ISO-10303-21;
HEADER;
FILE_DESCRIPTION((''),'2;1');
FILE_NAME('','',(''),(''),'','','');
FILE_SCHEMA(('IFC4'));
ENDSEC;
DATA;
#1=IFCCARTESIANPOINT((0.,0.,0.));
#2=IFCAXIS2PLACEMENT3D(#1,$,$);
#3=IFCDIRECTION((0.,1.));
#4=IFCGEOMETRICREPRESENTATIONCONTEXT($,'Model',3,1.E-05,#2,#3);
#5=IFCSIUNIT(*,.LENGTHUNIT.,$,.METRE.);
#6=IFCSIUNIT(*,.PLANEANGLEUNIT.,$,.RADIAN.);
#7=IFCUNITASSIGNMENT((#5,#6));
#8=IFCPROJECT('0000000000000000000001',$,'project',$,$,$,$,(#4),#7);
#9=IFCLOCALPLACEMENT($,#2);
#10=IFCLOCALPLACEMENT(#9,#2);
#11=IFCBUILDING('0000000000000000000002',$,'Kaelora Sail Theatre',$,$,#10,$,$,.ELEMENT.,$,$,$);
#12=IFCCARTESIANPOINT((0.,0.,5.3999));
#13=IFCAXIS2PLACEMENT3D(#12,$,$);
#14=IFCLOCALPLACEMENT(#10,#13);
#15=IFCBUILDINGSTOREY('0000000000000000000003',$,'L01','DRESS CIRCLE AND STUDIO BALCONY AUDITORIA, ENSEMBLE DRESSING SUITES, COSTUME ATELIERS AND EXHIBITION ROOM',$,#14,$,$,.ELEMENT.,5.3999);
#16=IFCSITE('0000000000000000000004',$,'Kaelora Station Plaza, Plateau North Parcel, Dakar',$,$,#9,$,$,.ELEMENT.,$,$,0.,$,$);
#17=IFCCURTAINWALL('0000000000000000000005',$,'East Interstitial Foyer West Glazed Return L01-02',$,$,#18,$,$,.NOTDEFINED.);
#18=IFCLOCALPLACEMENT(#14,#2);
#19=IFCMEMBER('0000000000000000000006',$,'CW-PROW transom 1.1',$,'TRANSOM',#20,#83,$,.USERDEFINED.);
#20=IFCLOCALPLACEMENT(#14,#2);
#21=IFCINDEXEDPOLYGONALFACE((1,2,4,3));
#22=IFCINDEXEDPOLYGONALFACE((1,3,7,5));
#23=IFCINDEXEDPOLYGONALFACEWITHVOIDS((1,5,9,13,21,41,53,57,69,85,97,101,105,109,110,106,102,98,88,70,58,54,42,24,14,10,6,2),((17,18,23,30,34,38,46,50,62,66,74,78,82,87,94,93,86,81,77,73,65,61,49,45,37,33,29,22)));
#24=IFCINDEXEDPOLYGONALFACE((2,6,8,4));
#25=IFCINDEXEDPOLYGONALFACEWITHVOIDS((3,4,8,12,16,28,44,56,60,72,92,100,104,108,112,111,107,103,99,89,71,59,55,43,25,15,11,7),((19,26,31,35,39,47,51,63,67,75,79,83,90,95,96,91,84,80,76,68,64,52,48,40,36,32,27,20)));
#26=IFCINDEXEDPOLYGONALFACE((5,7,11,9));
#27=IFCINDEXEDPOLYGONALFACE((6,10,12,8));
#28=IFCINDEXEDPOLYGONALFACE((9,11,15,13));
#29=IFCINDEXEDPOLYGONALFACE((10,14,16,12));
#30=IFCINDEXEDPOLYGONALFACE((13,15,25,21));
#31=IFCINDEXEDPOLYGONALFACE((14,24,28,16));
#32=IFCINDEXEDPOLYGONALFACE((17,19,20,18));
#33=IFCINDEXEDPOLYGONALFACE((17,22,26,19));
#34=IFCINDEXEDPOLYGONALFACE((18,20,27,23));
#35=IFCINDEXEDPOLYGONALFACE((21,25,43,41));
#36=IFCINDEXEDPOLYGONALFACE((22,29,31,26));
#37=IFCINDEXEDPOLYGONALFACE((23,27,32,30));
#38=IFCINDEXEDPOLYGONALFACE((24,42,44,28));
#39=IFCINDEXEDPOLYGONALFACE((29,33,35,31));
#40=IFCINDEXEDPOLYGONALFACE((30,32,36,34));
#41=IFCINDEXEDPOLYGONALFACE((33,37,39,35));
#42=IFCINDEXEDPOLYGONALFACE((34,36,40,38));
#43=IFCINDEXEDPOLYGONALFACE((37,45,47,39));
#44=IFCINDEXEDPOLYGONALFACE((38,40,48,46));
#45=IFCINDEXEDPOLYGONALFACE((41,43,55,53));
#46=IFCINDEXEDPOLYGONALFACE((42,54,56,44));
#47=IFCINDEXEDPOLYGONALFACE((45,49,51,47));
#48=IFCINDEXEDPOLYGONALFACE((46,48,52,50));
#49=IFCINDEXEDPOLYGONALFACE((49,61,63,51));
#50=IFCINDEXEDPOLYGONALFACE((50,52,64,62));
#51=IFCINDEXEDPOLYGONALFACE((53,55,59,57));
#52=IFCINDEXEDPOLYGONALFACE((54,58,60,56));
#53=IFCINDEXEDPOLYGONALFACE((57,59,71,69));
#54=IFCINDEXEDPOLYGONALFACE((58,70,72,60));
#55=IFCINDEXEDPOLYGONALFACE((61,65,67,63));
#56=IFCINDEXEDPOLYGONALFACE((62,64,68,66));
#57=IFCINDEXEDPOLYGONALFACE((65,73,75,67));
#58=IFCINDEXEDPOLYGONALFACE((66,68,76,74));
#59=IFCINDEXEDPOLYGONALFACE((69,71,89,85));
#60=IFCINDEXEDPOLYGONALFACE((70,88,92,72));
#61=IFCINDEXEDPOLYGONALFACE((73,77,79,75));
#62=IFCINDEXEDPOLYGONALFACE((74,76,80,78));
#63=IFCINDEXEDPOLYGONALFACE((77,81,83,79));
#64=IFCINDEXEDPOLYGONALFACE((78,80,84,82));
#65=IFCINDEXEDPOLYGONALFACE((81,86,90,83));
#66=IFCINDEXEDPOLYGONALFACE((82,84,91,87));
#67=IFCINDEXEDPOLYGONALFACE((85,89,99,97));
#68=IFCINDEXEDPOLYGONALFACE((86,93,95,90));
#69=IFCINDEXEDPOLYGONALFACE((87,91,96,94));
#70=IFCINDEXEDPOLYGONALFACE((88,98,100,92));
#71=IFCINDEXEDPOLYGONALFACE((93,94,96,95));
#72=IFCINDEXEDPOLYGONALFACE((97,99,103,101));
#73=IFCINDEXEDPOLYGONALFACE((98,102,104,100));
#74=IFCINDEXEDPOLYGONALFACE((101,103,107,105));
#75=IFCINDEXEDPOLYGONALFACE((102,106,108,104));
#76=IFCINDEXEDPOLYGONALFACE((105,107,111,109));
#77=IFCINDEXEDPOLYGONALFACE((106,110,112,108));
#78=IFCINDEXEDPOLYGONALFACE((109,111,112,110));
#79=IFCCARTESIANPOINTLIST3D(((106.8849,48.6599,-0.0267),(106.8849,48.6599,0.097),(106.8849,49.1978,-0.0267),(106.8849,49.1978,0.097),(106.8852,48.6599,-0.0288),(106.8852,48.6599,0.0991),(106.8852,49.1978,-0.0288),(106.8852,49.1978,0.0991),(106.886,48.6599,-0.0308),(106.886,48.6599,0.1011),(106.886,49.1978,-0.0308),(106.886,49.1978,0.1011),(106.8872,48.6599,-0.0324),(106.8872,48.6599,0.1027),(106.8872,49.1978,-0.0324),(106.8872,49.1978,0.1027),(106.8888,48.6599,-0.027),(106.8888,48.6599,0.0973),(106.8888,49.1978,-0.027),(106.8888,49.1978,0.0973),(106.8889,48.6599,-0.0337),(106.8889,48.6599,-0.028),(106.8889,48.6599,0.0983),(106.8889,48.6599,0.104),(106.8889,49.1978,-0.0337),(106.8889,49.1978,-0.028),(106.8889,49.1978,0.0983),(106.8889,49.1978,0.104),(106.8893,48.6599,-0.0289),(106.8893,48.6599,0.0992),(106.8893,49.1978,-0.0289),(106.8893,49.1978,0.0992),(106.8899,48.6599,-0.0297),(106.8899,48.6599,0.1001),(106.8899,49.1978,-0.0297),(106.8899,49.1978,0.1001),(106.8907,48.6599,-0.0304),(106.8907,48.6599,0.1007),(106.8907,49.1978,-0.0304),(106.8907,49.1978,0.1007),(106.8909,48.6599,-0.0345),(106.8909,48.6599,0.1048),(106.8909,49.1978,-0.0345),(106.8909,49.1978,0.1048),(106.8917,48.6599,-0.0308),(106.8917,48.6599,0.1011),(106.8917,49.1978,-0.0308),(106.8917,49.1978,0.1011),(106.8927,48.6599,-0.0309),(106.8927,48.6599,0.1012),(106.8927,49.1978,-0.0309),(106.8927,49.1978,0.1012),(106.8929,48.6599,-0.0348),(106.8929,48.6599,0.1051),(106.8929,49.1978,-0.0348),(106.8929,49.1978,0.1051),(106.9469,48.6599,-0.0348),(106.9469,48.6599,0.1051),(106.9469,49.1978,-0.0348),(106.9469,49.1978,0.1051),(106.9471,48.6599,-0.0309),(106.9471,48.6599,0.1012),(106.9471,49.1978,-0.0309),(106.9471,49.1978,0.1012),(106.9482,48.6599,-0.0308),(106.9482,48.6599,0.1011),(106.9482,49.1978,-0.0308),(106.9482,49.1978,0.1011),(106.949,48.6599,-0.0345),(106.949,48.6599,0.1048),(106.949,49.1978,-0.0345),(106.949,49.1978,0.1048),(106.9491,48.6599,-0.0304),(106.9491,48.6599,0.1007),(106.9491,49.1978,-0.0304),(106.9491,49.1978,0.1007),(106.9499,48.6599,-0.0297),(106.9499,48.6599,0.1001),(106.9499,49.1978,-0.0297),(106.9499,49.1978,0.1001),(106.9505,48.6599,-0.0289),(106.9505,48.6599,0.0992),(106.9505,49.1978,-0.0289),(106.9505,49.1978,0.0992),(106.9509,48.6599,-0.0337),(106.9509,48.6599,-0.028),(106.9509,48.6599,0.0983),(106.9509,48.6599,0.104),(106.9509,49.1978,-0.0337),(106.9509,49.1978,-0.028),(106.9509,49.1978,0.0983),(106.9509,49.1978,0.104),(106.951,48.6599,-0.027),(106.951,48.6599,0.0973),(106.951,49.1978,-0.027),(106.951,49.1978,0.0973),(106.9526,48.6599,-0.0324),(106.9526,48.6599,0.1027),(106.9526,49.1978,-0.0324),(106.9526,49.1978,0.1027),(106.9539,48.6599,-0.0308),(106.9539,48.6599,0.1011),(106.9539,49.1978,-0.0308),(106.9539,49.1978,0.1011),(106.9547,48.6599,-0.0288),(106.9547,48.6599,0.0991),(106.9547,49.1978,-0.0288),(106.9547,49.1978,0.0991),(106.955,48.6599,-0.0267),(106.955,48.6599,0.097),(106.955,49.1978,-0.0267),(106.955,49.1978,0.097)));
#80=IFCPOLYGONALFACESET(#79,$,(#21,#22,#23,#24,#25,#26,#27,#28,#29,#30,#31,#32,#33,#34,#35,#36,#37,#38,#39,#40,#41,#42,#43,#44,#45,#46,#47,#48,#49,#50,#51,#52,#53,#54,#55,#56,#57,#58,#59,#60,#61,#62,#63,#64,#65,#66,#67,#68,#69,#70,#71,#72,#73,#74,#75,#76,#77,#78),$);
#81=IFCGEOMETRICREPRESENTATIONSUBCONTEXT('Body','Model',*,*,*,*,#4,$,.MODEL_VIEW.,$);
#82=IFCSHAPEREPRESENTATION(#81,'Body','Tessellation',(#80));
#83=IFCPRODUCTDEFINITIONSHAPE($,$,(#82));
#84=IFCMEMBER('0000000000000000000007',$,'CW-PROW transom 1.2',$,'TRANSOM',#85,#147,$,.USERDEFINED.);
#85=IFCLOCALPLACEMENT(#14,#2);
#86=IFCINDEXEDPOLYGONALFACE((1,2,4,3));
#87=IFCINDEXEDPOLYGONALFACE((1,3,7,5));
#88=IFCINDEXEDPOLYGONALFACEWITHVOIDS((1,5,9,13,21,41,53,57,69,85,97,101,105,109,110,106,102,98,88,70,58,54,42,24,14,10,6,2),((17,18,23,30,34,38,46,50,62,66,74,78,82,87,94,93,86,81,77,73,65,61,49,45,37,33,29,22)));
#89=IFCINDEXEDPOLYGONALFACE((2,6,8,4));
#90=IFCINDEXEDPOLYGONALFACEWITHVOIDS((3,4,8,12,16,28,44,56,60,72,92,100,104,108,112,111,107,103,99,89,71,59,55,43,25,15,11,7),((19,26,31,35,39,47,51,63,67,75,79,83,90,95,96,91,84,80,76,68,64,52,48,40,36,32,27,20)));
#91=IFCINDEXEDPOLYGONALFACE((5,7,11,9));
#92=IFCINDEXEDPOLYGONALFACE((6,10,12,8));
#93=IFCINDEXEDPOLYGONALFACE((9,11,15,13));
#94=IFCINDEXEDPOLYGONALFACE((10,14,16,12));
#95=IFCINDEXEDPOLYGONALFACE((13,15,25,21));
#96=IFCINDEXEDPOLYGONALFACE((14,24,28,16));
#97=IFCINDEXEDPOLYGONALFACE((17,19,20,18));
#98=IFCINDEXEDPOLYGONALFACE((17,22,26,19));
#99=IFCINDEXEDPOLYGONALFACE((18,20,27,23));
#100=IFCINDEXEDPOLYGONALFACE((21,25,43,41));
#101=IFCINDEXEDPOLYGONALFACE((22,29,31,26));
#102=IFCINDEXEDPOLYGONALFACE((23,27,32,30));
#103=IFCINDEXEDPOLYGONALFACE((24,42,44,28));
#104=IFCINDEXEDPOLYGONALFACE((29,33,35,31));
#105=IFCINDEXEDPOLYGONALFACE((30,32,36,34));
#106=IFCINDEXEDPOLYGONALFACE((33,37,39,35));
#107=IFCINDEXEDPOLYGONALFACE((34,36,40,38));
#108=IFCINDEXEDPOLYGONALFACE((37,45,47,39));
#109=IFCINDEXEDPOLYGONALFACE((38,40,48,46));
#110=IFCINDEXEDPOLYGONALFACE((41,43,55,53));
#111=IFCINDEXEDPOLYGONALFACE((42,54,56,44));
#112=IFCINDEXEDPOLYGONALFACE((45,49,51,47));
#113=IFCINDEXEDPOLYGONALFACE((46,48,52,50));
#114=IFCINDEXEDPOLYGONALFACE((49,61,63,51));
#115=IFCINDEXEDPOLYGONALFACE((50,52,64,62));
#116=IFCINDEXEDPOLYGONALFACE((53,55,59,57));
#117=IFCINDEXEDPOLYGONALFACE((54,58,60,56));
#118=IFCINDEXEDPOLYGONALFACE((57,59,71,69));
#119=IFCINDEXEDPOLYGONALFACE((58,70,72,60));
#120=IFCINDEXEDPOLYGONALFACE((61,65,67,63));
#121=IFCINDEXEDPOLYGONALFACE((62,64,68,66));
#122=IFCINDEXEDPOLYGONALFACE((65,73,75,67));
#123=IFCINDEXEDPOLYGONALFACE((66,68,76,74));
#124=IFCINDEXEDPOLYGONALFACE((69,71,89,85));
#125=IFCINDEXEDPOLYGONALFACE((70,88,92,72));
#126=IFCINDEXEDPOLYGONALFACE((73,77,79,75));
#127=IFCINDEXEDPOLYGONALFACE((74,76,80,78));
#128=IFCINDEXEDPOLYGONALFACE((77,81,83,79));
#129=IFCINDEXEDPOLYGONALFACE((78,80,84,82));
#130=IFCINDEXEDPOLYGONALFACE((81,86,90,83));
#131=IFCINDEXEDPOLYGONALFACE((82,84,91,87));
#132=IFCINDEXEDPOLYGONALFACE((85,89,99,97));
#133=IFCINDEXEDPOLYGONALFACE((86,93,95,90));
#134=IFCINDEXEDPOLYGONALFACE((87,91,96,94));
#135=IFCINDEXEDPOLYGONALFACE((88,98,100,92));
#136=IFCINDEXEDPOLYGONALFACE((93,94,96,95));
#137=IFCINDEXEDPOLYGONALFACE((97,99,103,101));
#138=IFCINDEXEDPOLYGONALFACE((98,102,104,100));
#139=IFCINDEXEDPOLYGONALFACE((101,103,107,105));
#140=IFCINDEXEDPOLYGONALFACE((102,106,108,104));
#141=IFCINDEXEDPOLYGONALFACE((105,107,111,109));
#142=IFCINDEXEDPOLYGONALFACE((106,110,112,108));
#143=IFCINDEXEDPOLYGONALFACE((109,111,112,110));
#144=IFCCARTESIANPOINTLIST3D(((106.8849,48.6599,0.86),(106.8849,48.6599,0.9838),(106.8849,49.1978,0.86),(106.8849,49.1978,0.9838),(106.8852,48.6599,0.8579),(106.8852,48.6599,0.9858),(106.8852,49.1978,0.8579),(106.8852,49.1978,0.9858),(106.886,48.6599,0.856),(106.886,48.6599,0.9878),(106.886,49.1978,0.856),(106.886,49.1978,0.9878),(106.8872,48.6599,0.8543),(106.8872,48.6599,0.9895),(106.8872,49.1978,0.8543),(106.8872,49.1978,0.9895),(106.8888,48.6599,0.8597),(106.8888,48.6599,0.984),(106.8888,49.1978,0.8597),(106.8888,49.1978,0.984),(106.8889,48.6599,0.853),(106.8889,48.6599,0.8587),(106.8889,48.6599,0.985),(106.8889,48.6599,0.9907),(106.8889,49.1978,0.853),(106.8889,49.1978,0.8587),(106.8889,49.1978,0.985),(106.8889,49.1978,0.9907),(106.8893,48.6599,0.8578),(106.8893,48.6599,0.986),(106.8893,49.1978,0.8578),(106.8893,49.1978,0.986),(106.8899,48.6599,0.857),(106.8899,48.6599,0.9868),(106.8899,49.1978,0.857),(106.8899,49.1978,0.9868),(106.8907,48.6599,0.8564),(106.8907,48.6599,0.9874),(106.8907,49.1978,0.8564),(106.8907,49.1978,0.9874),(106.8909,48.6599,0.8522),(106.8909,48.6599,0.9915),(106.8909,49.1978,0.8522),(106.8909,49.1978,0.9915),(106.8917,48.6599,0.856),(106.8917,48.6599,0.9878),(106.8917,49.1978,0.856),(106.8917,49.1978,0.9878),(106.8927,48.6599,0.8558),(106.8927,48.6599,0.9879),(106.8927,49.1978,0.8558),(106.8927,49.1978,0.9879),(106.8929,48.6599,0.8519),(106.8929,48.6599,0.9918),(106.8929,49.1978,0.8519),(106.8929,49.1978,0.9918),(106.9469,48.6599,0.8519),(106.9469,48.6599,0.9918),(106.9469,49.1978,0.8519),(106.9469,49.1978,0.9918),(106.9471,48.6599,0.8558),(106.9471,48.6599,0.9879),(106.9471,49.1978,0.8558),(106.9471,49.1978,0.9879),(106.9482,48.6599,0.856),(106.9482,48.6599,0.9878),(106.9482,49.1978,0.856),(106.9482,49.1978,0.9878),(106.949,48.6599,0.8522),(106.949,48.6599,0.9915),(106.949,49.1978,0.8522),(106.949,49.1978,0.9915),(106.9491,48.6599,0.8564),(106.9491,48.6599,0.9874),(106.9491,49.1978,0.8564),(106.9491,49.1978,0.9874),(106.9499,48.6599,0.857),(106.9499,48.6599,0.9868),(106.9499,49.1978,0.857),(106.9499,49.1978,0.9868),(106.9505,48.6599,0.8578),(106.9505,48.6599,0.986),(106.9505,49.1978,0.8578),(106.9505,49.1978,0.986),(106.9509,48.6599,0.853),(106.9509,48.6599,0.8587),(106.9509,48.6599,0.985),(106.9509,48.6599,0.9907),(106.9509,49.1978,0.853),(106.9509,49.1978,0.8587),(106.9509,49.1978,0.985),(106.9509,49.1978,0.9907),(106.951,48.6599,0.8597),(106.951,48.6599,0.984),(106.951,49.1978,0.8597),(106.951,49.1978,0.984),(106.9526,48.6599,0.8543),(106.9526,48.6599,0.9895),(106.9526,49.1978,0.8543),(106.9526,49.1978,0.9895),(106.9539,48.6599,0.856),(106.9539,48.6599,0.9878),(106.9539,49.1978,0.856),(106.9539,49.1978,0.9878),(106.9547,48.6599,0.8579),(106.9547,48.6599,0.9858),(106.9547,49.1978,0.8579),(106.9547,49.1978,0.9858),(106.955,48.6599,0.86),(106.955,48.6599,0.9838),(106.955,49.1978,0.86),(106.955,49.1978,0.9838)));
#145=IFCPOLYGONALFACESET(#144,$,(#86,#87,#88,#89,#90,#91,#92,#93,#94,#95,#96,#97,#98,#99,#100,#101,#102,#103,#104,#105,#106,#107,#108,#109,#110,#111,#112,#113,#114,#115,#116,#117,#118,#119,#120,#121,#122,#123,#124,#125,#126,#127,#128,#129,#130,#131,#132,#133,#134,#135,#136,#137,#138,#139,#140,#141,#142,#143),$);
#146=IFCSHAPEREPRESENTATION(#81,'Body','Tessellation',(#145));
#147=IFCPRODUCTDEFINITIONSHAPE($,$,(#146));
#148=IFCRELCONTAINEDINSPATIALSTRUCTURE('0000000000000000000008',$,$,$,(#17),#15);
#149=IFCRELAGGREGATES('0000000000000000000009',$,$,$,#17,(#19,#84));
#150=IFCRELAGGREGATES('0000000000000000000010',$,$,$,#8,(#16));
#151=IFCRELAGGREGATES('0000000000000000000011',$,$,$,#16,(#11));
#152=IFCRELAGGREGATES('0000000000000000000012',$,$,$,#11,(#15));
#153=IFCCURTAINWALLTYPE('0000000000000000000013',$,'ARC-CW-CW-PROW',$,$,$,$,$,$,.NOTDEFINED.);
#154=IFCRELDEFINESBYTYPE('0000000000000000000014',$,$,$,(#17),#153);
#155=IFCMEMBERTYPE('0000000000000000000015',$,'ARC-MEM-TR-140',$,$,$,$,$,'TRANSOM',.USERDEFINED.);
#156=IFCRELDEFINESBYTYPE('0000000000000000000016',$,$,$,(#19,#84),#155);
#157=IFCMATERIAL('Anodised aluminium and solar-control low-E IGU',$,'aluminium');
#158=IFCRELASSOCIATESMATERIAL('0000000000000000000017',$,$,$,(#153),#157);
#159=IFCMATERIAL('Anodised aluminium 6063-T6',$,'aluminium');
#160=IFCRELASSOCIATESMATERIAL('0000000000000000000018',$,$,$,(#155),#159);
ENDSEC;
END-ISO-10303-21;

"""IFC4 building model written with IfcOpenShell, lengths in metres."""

from ifc_helpers import new_model, si_unit, direction, frame, origin, origin_2d, place, context, subcontext, project, spatial, hollow_rectangle, extrude, material, material_profile, profile_set, type_object, element, aggregate, save


model = new_model("IFC4")

# Units and contexts
model_context = context("Model", 3, precision=1e-05, world=origin(), true_north=direction((0.0, 1.0)))
body_context = subcontext(model_context, "Body", "Model", "MODEL_VIEW")
ifc_project = project(units=[si_unit("LENGTHUNIT", "METRE"), si_unit("PLANEANGLEUNIT", "RADIAN")], contexts=[model_context])

# Site, building, storey
site_placement = place(None, origin())
site = spatial("IfcSite", under=ifc_project, at=site_placement, Name="Kaelora Station Plaza, Plateau North Parcel, Dakar", CompositionType="ELEMENT", RefElevation=0.0)
building_placement = place(site_placement, origin())
building = spatial("IfcBuilding", under=site, at=building_placement, Name="Kaelora Sail Theatre", CompositionType="ELEMENT")
storey_placement = place(building_placement, frame((0.0, 0.0, 5.3999)))
storey = spatial("IfcBuildingStorey", under=building, at=storey_placement, Name="L01", Description="DRESS CIRCLE AND STUDIO BALCONY AUDITORIA, ENSEMBLE DRESSING SUITES, COSTUME ATELIERS AND EXHIBITION ROOM", CompositionType="ELEMENT", Elevation=5.3999)

# Shared definitions
ifc_material_1 = material(Name="Anodised aluminium and solar-control low-E IGU", Category="aluminium")
curtain_wall_type = type_object("IfcCurtainWallType", Name="ARC-CW-CW-PROW", PredefinedType="NOTDEFINED", material=ifc_material_1)

# Curtain wall, members
curtain_wall_1_placement = place(storey_placement, origin())
curtain_wall_1 = element("IfcCurtainWall", 1, at=curtain_wall_1_placement, inside=storey, type_object=curtain_wall_type, Name="East Interstitial Foyer West Glazed Return L01-02", PredefinedType="NOTDEFINED")
ifc_material_2 = material(Name="Anodised aluminium 6063-T6", Category="aluminium")
ifc_material_profile_1 = material_profile(ifc_material_2, hollow_rectangle(XDim=0.0701, YDim=0.1399, WallThickness=0.0039, InnerFilletRadius=0.0039, OuterFilletRadius=0.0081, at=origin_2d()), Name="ALU-TRAN 70x140x4")
ifc_profile_set_1 = profile_set([ifc_material_profile_1], Name="Anodised aluminium 6063-T6")
member_type_1 = type_object("IfcMemberType", Name="ARC-MEM-TR-140", ElementType="TRANSOM", PredefinedType="USERDEFINED", material=ifc_profile_set_1)
member_1_placement = place(storey_placement, frame((106.9199, 48.6599, 0.0352), z_axis=(0.0, 1.0, 0.0), x_axis=(-1.0, 0.0, 0.0)))
member_1 = element("IfcMember", 2, at=member_1_placement, type_object=member_type_1, Name="CW-PROW transom 1.1", ObjectType="TRANSOM", PredefinedType="USERDEFINED", context=body_context, shape_type="SweptSolid", body=[
    extrude(hollow_rectangle(XDim=0.0701, YDim=0.1399, WallThickness=0.0039, InnerFilletRadius=0.0039, OuterFilletRadius=0.0081, at=origin_2d()), origin(), (0.0, 0.0, 1.0), 0.5378),
])
member_2_placement = place(storey_placement, frame((106.9199, 48.6599, 0.9219), z_axis=(0.0, 1.0, 0.0), x_axis=(-1.0, 0.0, 0.0)))
member_2 = element("IfcMember", 3, at=member_2_placement, type_object=member_type_1, Name="CW-PROW transom 1.2", ObjectType="TRANSOM", PredefinedType="USERDEFINED", context=body_context, shape_type="SweptSolid", body=[
    extrude(hollow_rectangle(XDim=0.0701, YDim=0.1399, WallThickness=0.0039, InnerFilletRadius=0.0039, OuterFilletRadius=0.0081, at=origin_2d()), origin(), (0.0, 0.0, 1.0), 0.5378),
])

aggregate(curtain_wall_1, [member_1, member_2])

save(model, "model.ifc")
